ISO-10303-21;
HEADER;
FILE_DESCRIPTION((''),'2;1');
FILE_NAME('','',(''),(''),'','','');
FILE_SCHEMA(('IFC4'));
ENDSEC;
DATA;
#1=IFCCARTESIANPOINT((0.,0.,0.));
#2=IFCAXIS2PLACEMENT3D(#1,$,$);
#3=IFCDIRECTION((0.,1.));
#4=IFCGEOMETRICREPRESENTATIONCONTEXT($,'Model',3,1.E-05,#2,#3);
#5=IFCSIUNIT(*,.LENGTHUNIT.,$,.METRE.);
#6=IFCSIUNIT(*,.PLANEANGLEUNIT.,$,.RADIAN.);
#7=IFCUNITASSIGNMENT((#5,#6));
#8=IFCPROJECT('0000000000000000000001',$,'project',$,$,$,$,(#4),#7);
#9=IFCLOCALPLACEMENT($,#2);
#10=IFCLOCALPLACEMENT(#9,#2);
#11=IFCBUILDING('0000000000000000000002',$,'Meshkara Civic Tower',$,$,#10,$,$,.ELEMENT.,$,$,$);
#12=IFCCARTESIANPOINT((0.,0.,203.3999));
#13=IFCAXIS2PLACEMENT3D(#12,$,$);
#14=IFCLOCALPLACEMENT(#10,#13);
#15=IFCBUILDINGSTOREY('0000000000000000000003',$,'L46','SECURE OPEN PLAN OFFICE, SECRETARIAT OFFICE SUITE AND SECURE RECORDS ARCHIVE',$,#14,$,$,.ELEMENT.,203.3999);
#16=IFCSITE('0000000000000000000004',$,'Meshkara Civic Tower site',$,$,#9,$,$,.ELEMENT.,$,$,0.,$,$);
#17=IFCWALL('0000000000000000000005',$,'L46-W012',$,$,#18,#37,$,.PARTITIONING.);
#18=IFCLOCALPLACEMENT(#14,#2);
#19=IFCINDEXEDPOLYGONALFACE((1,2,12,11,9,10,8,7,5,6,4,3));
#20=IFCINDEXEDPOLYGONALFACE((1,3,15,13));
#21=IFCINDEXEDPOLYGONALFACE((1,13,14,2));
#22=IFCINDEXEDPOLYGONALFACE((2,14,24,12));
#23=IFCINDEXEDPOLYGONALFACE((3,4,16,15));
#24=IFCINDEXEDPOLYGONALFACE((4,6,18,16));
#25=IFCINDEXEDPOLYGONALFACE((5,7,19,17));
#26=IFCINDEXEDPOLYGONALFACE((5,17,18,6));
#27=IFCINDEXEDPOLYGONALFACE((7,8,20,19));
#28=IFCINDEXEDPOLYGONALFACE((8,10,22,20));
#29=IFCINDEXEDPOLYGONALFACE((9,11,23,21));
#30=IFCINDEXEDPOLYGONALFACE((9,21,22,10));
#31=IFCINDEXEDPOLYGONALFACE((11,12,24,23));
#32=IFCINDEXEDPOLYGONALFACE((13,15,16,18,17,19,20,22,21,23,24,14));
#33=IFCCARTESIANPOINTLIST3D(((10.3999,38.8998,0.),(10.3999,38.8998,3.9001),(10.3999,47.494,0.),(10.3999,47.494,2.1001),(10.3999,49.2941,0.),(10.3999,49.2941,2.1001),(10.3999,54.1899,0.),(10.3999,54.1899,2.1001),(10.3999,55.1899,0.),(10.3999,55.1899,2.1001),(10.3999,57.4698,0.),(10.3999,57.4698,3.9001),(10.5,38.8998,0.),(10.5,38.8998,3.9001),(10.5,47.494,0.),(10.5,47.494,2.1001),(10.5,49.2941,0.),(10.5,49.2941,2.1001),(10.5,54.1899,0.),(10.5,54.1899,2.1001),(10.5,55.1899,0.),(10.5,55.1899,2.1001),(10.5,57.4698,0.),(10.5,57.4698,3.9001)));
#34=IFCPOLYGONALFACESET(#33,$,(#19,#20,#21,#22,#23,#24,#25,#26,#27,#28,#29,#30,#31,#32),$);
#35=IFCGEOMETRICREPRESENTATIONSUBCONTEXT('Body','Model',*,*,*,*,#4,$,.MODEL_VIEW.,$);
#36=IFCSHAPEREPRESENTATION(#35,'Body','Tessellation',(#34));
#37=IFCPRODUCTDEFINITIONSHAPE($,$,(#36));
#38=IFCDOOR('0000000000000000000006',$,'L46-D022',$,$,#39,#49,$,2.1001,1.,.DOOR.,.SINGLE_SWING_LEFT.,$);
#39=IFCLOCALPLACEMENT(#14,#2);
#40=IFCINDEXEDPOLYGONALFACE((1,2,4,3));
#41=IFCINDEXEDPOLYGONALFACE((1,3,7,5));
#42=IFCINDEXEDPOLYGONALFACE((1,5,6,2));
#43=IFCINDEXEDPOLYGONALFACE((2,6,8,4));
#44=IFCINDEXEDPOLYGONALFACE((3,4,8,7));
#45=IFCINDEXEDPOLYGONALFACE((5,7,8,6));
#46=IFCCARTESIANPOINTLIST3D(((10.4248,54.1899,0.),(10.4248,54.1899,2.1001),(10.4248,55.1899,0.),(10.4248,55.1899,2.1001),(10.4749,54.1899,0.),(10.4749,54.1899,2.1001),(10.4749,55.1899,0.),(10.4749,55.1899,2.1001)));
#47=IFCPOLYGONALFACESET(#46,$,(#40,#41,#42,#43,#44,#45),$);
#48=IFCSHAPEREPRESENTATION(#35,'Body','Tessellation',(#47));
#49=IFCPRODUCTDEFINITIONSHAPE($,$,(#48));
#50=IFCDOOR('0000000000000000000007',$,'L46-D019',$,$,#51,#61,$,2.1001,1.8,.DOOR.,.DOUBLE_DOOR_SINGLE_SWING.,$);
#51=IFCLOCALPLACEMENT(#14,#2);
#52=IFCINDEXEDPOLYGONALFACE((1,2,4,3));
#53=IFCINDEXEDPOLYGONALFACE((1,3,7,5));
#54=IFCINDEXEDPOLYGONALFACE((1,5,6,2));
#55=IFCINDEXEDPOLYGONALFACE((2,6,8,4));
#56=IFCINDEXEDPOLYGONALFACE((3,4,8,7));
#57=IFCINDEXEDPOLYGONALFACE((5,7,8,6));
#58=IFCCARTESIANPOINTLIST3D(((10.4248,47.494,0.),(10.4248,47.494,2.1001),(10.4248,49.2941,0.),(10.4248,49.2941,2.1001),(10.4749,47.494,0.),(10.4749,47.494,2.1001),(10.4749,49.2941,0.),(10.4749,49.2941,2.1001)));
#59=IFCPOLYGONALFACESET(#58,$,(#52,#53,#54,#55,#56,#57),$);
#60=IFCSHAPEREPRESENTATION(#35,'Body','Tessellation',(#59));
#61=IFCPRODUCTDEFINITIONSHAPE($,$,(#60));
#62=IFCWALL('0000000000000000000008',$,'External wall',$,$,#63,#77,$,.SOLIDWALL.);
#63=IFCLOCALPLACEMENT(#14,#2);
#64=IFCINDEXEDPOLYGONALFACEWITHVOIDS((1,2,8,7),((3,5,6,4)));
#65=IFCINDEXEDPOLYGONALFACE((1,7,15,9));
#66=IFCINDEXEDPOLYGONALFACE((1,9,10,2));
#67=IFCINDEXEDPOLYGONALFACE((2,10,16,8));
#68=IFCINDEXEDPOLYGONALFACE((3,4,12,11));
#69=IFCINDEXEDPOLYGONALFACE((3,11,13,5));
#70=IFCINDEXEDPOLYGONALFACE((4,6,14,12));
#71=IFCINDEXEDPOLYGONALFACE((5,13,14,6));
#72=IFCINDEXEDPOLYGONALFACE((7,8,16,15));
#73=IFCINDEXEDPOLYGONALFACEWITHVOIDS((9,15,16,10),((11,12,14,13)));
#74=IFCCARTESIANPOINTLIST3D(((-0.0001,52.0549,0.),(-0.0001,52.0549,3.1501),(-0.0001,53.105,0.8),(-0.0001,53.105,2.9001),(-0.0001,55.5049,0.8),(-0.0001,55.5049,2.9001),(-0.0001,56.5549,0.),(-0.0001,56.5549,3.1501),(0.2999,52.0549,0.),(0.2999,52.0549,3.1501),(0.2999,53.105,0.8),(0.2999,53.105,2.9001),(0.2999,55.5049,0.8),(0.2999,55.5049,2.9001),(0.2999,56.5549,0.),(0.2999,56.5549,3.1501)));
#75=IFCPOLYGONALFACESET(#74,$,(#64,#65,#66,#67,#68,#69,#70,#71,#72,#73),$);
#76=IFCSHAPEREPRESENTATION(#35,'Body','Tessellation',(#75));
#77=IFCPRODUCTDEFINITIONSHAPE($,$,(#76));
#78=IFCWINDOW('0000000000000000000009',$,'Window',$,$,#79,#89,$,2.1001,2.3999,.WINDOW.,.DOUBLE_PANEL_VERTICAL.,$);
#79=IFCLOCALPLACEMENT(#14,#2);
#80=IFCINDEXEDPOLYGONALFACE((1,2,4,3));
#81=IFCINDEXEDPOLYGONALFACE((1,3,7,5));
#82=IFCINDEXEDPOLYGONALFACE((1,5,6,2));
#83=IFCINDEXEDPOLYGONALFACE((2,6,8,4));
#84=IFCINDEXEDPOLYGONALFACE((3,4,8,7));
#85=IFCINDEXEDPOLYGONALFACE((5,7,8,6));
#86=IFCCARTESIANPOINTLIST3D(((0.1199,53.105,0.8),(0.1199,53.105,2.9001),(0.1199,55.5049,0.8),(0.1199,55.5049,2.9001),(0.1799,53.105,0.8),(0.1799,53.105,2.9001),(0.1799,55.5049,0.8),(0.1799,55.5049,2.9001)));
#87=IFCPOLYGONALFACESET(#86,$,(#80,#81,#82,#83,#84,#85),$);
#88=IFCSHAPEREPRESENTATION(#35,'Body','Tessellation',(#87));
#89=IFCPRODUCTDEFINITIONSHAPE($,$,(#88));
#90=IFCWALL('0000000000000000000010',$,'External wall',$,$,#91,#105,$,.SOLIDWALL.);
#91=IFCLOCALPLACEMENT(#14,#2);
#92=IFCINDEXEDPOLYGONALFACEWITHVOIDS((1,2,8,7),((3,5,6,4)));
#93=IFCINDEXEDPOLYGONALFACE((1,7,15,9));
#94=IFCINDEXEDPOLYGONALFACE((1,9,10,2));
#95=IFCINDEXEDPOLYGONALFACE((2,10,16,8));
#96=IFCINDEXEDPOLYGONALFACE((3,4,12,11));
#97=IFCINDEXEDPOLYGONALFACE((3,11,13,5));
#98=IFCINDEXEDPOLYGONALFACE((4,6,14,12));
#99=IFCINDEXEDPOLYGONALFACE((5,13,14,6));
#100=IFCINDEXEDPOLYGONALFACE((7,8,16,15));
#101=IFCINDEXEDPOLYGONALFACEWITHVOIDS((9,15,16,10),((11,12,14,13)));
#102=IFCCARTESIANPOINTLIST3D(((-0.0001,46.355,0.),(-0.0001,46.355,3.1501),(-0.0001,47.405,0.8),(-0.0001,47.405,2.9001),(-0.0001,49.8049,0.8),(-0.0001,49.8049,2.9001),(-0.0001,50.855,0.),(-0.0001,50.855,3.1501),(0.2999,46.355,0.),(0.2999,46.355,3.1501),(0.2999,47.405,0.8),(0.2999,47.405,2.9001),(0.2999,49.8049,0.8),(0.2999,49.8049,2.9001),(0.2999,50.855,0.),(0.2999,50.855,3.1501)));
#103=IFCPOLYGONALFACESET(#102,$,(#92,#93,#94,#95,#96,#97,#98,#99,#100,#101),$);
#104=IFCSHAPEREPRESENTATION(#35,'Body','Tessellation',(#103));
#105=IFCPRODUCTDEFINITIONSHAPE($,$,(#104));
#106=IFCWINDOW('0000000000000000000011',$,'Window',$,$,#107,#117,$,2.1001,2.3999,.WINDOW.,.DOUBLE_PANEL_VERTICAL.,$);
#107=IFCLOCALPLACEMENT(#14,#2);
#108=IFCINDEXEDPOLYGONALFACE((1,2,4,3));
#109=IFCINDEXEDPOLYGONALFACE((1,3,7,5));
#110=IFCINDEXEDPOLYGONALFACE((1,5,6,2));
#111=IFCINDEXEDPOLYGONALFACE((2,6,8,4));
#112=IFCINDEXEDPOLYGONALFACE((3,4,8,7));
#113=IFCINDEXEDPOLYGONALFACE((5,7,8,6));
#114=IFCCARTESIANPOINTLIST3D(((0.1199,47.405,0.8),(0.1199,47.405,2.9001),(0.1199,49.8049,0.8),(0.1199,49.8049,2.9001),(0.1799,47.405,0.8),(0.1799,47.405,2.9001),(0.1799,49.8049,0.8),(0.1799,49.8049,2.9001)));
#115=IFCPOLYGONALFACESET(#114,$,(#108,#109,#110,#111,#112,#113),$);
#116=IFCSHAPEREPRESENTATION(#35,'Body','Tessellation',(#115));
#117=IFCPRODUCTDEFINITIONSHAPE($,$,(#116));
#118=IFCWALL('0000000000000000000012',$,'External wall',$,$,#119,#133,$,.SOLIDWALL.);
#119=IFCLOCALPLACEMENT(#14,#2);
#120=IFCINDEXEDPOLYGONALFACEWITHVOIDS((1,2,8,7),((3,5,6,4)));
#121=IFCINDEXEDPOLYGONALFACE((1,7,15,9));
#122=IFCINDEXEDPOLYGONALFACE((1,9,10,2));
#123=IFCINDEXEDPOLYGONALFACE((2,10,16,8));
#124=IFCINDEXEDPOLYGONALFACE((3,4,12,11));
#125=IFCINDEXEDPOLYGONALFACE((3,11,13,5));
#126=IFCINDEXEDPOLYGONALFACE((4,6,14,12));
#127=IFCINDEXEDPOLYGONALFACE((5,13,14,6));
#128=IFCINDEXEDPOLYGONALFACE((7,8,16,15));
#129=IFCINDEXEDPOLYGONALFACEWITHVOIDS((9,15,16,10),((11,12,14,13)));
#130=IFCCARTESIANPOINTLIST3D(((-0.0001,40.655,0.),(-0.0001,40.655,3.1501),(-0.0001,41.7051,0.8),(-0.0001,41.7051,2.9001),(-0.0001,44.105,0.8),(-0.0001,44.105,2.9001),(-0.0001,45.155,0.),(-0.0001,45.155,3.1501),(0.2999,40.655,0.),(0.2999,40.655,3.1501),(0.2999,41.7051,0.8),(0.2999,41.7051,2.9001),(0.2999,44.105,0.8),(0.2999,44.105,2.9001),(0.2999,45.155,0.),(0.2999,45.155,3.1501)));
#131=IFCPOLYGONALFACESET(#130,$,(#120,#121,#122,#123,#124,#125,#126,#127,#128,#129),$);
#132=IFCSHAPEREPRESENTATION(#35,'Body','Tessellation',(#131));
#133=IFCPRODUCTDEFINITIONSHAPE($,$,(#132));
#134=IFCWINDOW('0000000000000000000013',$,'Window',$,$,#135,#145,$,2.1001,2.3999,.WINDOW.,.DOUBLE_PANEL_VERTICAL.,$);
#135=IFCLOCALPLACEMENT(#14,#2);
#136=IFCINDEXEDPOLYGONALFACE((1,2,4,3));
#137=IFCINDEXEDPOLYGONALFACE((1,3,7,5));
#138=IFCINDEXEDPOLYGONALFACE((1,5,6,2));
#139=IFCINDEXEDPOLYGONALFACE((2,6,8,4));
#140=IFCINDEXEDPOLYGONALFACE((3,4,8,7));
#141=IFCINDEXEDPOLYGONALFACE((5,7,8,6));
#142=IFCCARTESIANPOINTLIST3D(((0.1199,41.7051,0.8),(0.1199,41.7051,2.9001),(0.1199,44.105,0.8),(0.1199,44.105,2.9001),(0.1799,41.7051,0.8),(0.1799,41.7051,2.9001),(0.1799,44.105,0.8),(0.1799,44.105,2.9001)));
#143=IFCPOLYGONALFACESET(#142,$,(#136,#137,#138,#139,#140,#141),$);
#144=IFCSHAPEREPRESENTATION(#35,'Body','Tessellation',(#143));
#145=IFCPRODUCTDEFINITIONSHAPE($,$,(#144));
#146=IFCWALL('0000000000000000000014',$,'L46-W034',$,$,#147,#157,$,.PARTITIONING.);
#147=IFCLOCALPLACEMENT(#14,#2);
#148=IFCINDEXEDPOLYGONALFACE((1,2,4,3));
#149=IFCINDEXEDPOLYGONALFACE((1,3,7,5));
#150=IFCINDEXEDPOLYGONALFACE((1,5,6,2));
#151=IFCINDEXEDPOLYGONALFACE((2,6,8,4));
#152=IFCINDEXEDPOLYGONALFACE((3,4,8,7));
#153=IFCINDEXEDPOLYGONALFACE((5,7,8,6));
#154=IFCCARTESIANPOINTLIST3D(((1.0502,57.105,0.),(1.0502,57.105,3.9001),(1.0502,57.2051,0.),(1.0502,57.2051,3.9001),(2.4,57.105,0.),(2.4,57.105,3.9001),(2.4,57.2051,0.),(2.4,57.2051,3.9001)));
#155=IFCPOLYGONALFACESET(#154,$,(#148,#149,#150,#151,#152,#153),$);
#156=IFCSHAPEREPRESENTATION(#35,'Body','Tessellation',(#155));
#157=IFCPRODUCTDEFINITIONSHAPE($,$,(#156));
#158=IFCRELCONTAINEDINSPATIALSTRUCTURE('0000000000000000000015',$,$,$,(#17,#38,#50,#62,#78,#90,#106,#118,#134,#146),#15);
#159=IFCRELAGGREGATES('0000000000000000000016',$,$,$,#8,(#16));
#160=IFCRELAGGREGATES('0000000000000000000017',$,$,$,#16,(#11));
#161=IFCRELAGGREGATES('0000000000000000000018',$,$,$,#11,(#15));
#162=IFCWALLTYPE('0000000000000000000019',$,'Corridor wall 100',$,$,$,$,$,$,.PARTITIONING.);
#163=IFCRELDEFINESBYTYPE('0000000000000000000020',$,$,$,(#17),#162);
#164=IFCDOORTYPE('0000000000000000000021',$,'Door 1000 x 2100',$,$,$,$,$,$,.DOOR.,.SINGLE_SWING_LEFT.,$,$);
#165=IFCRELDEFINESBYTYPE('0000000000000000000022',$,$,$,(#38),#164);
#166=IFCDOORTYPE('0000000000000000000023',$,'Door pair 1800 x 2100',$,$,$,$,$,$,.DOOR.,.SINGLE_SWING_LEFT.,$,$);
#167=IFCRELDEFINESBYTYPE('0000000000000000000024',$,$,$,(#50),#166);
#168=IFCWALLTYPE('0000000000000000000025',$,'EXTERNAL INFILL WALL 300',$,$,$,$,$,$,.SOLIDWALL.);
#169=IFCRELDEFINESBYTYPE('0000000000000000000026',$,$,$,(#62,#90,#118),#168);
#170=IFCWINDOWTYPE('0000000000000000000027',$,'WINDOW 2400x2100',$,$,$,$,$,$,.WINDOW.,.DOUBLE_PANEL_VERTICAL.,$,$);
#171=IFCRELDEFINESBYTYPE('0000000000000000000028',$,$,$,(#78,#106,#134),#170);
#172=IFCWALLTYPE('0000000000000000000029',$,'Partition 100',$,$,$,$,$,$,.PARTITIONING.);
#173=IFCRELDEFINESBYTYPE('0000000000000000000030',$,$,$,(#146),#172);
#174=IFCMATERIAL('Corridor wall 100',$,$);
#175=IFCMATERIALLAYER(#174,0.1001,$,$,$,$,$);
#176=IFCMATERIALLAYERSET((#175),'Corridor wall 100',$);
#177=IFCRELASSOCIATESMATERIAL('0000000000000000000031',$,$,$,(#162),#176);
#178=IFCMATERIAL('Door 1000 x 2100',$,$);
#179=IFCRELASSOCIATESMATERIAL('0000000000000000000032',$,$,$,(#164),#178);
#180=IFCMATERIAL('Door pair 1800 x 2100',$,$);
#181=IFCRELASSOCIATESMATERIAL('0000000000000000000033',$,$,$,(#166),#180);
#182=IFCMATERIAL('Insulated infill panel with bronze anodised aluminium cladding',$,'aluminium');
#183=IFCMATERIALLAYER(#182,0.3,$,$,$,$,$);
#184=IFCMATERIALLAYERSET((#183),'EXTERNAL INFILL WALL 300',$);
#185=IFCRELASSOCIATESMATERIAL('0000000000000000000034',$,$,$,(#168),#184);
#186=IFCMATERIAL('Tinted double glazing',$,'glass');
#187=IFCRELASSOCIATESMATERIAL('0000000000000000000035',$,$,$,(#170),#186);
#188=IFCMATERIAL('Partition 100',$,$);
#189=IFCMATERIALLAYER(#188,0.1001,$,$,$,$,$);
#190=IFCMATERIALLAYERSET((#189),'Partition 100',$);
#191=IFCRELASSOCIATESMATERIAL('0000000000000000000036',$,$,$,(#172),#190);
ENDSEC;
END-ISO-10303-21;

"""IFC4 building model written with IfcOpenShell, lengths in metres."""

from ifc_helpers import new_model, si_unit, direction, frame, frame_2d, origin, place, context, subcontext, project, spatial, rectangle, extrude, material, layer, layer_set, type_object, element, fill, save


model = new_model("IFC4")

# Units and contexts
model_context = context("Model", 3, precision=1e-05, world=origin(), true_north=direction((0.0, 1.0)))
body_context = subcontext(model_context, "Body", "Model", "MODEL_VIEW")
ifc_project = project(units=[si_unit("LENGTHUNIT", "METRE"), si_unit("PLANEANGLEUNIT", "RADIAN")], contexts=[model_context])

# Site, building, storey
site_placement = place(None, origin())
site = spatial("IfcSite", under=ifc_project, at=site_placement, Name="Meshkara Civic Tower site", CompositionType="ELEMENT", RefElevation=0.0)
building_placement = place(site_placement, origin())
building = spatial("IfcBuilding", under=site, at=building_placement, Name="Meshkara Civic Tower", CompositionType="ELEMENT")
storey_placement = place(building_placement, frame((0.0, 0.0, 203.3999)))
storey = spatial("IfcBuildingStorey", under=building, at=storey_placement, Name="L46", Description="SECURE OPEN PLAN OFFICE, SECRETARIAT OFFICE SUITE AND SECURE RECORDS ARCHIVE", CompositionType="ELEMENT", Elevation=203.3999)

# Shared definitions
ifc_material_1 = material(Name="Corridor wall 100")
ifc_layer_1 = layer(ifc_material_1, 0.1001)
ifc_layer_set_1 = layer_set([ifc_layer_1], Name="Corridor wall 100")
wall_type_1 = type_object("IfcWallType", Name="Corridor wall 100", PredefinedType="PARTITIONING", material=ifc_layer_set_1)

# Wall, openings, doors
wall_1_placement = place(storey_placement, frame((10.45, 57.47, 0.0), z_axis=(0.0, 0.0, 1.0), x_axis=(0.0, -1.0, 0.0)))
wall_1 = element("IfcWall", 1, at=wall_1_placement, inside=storey, type_object=wall_type_1, Name="L46-W012", PredefinedType="PARTITIONING", context=body_context, shape_type="SweptSolid", body=[
    extrude(rectangle(XDim=18.5701, YDim=0.1001, at=frame_2d((9.2852, 0.0))), origin(), (0.0, 0.0, 1.0), 3.9001),
])
opening_1_placement = place(wall_1_placement, frame((8.176, 0.0, 0.0)))
opening_1 = element("IfcOpeningElement", 2, at=opening_1_placement, cuts=wall_1, PredefinedType="OPENING", context=body_context, shape_type="SweptSolid", body=[
    extrude(rectangle(XDim=1.8, YDim=2.1001, at=frame_2d((0.8999, 1.05))), frame((0.0, 0.0601, 0.0), z_axis=(0.0, -1.0, 0.0), x_axis=(1.0, 0.0, 0.0)), (0.0, 0.0, 1.0), 0.1201),
])
opening_2_placement = place(wall_1_placement, frame((2.28, 0.0, 0.0)))
opening_2 = element("IfcOpeningElement", 3, at=opening_2_placement, cuts=wall_1, PredefinedType="OPENING", context=body_context, shape_type="SweptSolid", body=[
    extrude(rectangle(XDim=1.0, YDim=2.1001, at=frame_2d((0.5, 1.05))), frame((0.0, 0.0601, 0.0), z_axis=(0.0, -1.0, 0.0), x_axis=(1.0, 0.0, 0.0)), (0.0, 0.0, 1.0), 0.1201),
])
ifc_material_2 = material(Name="Door 1000 x 2100")
door_type_1 = type_object("IfcDoorType", Name="Door 1000 x 2100", OperationType="SINGLE_SWING_LEFT", PredefinedType="DOOR", material=ifc_material_2)
door_1_placement = place(opening_2_placement, origin())
door_1 = element("IfcDoor", 4, at=door_1_placement, inside=storey, type_object=door_type_1, Name="L46-D022", OperationType="SINGLE_SWING_LEFT", OverallHeight=2.1001, OverallWidth=1.0, PredefinedType="DOOR", context=body_context, shape_type="SweptSolid", body=[
    extrude(rectangle(XDim=1.0, YDim=2.1001, at=frame_2d((0.5, 1.05))), frame((0.0, 0.0249, 0.0), z_axis=(0.0, -1.0, 0.0), x_axis=(1.0, 0.0, 0.0)), (0.0, 0.0, 1.0), 0.05),
])
fill(opening_2, door_1)
ifc_material_3 = material(Name="Door pair 1800 x 2100")
door_type_2 = type_object("IfcDoorType", Name="Door pair 1800 x 2100", OperationType="SINGLE_SWING_LEFT", PredefinedType="DOOR", material=ifc_material_3)
door_2_placement = place(opening_1_placement, origin())
door_2 = element("IfcDoor", 5, at=door_2_placement, inside=storey, type_object=door_type_2, Name="L46-D019", OperationType="DOUBLE_DOOR_SINGLE_SWING", OverallHeight=2.1001, OverallWidth=1.8, PredefinedType="DOOR", context=body_context, shape_type="SweptSolid", body=[
    extrude(rectangle(XDim=1.8, YDim=2.1001, at=frame_2d((0.8999, 1.05))), frame((0.0, 0.0249, 0.0), z_axis=(0.0, -1.0, 0.0), x_axis=(1.0, 0.0, 0.0)), (0.0, 0.0, 1.0), 0.05),
])
fill(opening_1, door_2)

# Walls, openings, windows
ifc_material_4 = material(Name="Insulated infill panel with bronze anodised aluminium cladding", Category="aluminium")
ifc_layer_2 = layer(ifc_material_4, 0.3)
ifc_layer_set_2 = layer_set([ifc_layer_2], Name="EXTERNAL INFILL WALL 300")
wall_type_2 = type_object("IfcWallType", Name="EXTERNAL INFILL WALL 300", PredefinedType="SOLIDWALL", material=ifc_layer_set_2)
wall_2_placement = place(storey_placement, frame((0.1499, 56.5549, 0.0), z_axis=(0.0, 0.0, 1.0), x_axis=(0.0, -1.0, 0.0)))
wall_2 = element("IfcWall", 6, at=wall_2_placement, inside=storey, type_object=wall_type_2, Name="External wall", PredefinedType="SOLIDWALL", context=body_context, shape_type="SweptSolid", body=[
    extrude(rectangle(XDim=4.5, YDim=0.3, at=frame_2d((2.25, 0.0))), origin(), (0.0, 0.0, 1.0), 3.1501),
])
opening_3_placement = place(wall_2_placement, frame((1.05, 0.0, 0.8)))
opening_3 = element("IfcOpeningElement", 7, at=opening_3_placement, cuts=wall_2, PredefinedType="OPENING", context=body_context, shape_type="SweptSolid", body=[
    extrude(rectangle(XDim=2.3999, YDim=2.1001, at=frame_2d((1.2, 1.05))), frame((0.0, 0.1599, 0.0), z_axis=(0.0, -1.0, 0.0), x_axis=(1.0, 0.0, 0.0)), (0.0, 0.0, 1.0), 0.3201),
])
ifc_material_5 = material(Name="Tinted double glazing", Category="glass")
window_type = type_object("IfcWindowType", Name="WINDOW 2400x2100", PartitioningType="DOUBLE_PANEL_VERTICAL", PredefinedType="WINDOW", material=ifc_material_5)
window_1_placement = place(opening_3_placement, origin())
window_1 = element("IfcWindow", 8, at=window_1_placement, inside=storey, type_object=window_type, Name="Window", OverallHeight=2.1001, OverallWidth=2.3999, PartitioningType="DOUBLE_PANEL_VERTICAL", PredefinedType="WINDOW", context=body_context, shape_type="SweptSolid", body=[
    extrude(rectangle(XDim=2.3999, YDim=2.1001, at=frame_2d((1.2, 1.05))), frame((0.0, 0.03, 0.0), z_axis=(0.0, -1.0, 0.0), x_axis=(1.0, 0.0, 0.0)), (0.0, 0.0, 1.0), 0.0601),
])
fill(opening_3, window_1)
wall_3_placement = place(storey_placement, frame((0.1499, 50.855, 0.0), z_axis=(0.0, 0.0, 1.0), x_axis=(0.0, -1.0, 0.0)))
wall_3 = element("IfcWall", 9, at=wall_3_placement, inside=storey, type_object=wall_type_2, Name="External wall", PredefinedType="SOLIDWALL", context=body_context, shape_type="SweptSolid", body=[
    extrude(rectangle(XDim=4.5, YDim=0.3, at=frame_2d((2.25, 0.0))), origin(), (0.0, 0.0, 1.0), 3.1501),
])
opening_4_placement = place(wall_3_placement, frame((1.05, 0.0, 0.8)))
opening_4 = element("IfcOpeningElement", 10, at=opening_4_placement, cuts=wall_3, PredefinedType="OPENING", context=body_context, shape_type="SweptSolid", body=[
    extrude(rectangle(XDim=2.3999, YDim=2.1001, at=frame_2d((1.2, 1.05))), frame((0.0, 0.1599, 0.0), z_axis=(0.0, -1.0, 0.0), x_axis=(1.0, 0.0, 0.0)), (0.0, 0.0, 1.0), 0.3201),
])
window_2_placement = place(opening_4_placement, origin())
window_2 = element("IfcWindow", 11, at=window_2_placement, inside=storey, type_object=window_type, Name="Window", OverallHeight=2.1001, OverallWidth=2.3999, PartitioningType="DOUBLE_PANEL_VERTICAL", PredefinedType="WINDOW", context=body_context, shape_type="SweptSolid", body=[
    extrude(rectangle(XDim=2.3999, YDim=2.1001, at=frame_2d((1.2, 1.05))), frame((0.0, 0.03, 0.0), z_axis=(0.0, -1.0, 0.0), x_axis=(1.0, 0.0, 0.0)), (0.0, 0.0, 1.0), 0.0601),
])
fill(opening_4, window_2)
wall_4_placement = place(storey_placement, frame((0.1499, 45.155, 0.0), z_axis=(0.0, 0.0, 1.0), x_axis=(0.0, -1.0, 0.0)))
wall_4 = element("IfcWall", 12, at=wall_4_placement, inside=storey, type_object=wall_type_2, Name="External wall", PredefinedType="SOLIDWALL", context=body_context, shape_type="SweptSolid", body=[
    extrude(rectangle(XDim=4.5, YDim=0.3, at=frame_2d((2.25, 0.0))), origin(), (0.0, 0.0, 1.0), 3.1501),
])
opening_5_placement = place(wall_4_placement, frame((1.05, 0.0, 0.8)))
opening_5 = element("IfcOpeningElement", 13, at=opening_5_placement, cuts=wall_4, PredefinedType="OPENING", context=body_context, shape_type="SweptSolid", body=[
    extrude(rectangle(XDim=2.3999, YDim=2.1001, at=frame_2d((1.2, 1.05))), frame((0.0, 0.1599, 0.0), z_axis=(0.0, -1.0, 0.0), x_axis=(1.0, 0.0, 0.0)), (0.0, 0.0, 1.0), 0.3201),
])
window_3_placement = place(opening_5_placement, origin())
window_3 = element("IfcWindow", 14, at=window_3_placement, inside=storey, type_object=window_type, Name="Window", OverallHeight=2.1001, OverallWidth=2.3999, PartitioningType="DOUBLE_PANEL_VERTICAL", PredefinedType="WINDOW", context=body_context, shape_type="SweptSolid", body=[
    extrude(rectangle(XDim=2.3999, YDim=2.1001, at=frame_2d((1.2, 1.05))), frame((0.0, 0.03, 0.0), z_axis=(0.0, -1.0, 0.0), x_axis=(1.0, 0.0, 0.0)), (0.0, 0.0, 1.0), 0.0601),
])
fill(opening_5, window_3)

# Wall
ifc_material_6 = material(Name="Partition 100")
ifc_layer_3 = layer(ifc_material_6, 0.1001)
ifc_layer_set_3 = layer_set([ifc_layer_3], Name="Partition 100")
wall_type_3 = type_object("IfcWallType", Name="Partition 100", PredefinedType="PARTITIONING", material=ifc_layer_set_3)
wall_5_placement = place(storey_placement, frame((2.3999, 57.155, 0.0), z_axis=(0.0, 0.0, 1.0), x_axis=(-1.0, 0.0, 0.0)))
element("IfcWall", 15, at=wall_5_placement, inside=storey, type_object=wall_type_3, Name="L46-W034", PredefinedType="PARTITIONING", context=body_context, shape_type="SweptSolid", body=[
    extrude(rectangle(XDim=1.3499, YDim=0.1001, at=frame_2d((0.6748, 0.0))), origin(), (0.0, 0.0, 1.0), 3.9001),
])

save(model, "model.ifc")
